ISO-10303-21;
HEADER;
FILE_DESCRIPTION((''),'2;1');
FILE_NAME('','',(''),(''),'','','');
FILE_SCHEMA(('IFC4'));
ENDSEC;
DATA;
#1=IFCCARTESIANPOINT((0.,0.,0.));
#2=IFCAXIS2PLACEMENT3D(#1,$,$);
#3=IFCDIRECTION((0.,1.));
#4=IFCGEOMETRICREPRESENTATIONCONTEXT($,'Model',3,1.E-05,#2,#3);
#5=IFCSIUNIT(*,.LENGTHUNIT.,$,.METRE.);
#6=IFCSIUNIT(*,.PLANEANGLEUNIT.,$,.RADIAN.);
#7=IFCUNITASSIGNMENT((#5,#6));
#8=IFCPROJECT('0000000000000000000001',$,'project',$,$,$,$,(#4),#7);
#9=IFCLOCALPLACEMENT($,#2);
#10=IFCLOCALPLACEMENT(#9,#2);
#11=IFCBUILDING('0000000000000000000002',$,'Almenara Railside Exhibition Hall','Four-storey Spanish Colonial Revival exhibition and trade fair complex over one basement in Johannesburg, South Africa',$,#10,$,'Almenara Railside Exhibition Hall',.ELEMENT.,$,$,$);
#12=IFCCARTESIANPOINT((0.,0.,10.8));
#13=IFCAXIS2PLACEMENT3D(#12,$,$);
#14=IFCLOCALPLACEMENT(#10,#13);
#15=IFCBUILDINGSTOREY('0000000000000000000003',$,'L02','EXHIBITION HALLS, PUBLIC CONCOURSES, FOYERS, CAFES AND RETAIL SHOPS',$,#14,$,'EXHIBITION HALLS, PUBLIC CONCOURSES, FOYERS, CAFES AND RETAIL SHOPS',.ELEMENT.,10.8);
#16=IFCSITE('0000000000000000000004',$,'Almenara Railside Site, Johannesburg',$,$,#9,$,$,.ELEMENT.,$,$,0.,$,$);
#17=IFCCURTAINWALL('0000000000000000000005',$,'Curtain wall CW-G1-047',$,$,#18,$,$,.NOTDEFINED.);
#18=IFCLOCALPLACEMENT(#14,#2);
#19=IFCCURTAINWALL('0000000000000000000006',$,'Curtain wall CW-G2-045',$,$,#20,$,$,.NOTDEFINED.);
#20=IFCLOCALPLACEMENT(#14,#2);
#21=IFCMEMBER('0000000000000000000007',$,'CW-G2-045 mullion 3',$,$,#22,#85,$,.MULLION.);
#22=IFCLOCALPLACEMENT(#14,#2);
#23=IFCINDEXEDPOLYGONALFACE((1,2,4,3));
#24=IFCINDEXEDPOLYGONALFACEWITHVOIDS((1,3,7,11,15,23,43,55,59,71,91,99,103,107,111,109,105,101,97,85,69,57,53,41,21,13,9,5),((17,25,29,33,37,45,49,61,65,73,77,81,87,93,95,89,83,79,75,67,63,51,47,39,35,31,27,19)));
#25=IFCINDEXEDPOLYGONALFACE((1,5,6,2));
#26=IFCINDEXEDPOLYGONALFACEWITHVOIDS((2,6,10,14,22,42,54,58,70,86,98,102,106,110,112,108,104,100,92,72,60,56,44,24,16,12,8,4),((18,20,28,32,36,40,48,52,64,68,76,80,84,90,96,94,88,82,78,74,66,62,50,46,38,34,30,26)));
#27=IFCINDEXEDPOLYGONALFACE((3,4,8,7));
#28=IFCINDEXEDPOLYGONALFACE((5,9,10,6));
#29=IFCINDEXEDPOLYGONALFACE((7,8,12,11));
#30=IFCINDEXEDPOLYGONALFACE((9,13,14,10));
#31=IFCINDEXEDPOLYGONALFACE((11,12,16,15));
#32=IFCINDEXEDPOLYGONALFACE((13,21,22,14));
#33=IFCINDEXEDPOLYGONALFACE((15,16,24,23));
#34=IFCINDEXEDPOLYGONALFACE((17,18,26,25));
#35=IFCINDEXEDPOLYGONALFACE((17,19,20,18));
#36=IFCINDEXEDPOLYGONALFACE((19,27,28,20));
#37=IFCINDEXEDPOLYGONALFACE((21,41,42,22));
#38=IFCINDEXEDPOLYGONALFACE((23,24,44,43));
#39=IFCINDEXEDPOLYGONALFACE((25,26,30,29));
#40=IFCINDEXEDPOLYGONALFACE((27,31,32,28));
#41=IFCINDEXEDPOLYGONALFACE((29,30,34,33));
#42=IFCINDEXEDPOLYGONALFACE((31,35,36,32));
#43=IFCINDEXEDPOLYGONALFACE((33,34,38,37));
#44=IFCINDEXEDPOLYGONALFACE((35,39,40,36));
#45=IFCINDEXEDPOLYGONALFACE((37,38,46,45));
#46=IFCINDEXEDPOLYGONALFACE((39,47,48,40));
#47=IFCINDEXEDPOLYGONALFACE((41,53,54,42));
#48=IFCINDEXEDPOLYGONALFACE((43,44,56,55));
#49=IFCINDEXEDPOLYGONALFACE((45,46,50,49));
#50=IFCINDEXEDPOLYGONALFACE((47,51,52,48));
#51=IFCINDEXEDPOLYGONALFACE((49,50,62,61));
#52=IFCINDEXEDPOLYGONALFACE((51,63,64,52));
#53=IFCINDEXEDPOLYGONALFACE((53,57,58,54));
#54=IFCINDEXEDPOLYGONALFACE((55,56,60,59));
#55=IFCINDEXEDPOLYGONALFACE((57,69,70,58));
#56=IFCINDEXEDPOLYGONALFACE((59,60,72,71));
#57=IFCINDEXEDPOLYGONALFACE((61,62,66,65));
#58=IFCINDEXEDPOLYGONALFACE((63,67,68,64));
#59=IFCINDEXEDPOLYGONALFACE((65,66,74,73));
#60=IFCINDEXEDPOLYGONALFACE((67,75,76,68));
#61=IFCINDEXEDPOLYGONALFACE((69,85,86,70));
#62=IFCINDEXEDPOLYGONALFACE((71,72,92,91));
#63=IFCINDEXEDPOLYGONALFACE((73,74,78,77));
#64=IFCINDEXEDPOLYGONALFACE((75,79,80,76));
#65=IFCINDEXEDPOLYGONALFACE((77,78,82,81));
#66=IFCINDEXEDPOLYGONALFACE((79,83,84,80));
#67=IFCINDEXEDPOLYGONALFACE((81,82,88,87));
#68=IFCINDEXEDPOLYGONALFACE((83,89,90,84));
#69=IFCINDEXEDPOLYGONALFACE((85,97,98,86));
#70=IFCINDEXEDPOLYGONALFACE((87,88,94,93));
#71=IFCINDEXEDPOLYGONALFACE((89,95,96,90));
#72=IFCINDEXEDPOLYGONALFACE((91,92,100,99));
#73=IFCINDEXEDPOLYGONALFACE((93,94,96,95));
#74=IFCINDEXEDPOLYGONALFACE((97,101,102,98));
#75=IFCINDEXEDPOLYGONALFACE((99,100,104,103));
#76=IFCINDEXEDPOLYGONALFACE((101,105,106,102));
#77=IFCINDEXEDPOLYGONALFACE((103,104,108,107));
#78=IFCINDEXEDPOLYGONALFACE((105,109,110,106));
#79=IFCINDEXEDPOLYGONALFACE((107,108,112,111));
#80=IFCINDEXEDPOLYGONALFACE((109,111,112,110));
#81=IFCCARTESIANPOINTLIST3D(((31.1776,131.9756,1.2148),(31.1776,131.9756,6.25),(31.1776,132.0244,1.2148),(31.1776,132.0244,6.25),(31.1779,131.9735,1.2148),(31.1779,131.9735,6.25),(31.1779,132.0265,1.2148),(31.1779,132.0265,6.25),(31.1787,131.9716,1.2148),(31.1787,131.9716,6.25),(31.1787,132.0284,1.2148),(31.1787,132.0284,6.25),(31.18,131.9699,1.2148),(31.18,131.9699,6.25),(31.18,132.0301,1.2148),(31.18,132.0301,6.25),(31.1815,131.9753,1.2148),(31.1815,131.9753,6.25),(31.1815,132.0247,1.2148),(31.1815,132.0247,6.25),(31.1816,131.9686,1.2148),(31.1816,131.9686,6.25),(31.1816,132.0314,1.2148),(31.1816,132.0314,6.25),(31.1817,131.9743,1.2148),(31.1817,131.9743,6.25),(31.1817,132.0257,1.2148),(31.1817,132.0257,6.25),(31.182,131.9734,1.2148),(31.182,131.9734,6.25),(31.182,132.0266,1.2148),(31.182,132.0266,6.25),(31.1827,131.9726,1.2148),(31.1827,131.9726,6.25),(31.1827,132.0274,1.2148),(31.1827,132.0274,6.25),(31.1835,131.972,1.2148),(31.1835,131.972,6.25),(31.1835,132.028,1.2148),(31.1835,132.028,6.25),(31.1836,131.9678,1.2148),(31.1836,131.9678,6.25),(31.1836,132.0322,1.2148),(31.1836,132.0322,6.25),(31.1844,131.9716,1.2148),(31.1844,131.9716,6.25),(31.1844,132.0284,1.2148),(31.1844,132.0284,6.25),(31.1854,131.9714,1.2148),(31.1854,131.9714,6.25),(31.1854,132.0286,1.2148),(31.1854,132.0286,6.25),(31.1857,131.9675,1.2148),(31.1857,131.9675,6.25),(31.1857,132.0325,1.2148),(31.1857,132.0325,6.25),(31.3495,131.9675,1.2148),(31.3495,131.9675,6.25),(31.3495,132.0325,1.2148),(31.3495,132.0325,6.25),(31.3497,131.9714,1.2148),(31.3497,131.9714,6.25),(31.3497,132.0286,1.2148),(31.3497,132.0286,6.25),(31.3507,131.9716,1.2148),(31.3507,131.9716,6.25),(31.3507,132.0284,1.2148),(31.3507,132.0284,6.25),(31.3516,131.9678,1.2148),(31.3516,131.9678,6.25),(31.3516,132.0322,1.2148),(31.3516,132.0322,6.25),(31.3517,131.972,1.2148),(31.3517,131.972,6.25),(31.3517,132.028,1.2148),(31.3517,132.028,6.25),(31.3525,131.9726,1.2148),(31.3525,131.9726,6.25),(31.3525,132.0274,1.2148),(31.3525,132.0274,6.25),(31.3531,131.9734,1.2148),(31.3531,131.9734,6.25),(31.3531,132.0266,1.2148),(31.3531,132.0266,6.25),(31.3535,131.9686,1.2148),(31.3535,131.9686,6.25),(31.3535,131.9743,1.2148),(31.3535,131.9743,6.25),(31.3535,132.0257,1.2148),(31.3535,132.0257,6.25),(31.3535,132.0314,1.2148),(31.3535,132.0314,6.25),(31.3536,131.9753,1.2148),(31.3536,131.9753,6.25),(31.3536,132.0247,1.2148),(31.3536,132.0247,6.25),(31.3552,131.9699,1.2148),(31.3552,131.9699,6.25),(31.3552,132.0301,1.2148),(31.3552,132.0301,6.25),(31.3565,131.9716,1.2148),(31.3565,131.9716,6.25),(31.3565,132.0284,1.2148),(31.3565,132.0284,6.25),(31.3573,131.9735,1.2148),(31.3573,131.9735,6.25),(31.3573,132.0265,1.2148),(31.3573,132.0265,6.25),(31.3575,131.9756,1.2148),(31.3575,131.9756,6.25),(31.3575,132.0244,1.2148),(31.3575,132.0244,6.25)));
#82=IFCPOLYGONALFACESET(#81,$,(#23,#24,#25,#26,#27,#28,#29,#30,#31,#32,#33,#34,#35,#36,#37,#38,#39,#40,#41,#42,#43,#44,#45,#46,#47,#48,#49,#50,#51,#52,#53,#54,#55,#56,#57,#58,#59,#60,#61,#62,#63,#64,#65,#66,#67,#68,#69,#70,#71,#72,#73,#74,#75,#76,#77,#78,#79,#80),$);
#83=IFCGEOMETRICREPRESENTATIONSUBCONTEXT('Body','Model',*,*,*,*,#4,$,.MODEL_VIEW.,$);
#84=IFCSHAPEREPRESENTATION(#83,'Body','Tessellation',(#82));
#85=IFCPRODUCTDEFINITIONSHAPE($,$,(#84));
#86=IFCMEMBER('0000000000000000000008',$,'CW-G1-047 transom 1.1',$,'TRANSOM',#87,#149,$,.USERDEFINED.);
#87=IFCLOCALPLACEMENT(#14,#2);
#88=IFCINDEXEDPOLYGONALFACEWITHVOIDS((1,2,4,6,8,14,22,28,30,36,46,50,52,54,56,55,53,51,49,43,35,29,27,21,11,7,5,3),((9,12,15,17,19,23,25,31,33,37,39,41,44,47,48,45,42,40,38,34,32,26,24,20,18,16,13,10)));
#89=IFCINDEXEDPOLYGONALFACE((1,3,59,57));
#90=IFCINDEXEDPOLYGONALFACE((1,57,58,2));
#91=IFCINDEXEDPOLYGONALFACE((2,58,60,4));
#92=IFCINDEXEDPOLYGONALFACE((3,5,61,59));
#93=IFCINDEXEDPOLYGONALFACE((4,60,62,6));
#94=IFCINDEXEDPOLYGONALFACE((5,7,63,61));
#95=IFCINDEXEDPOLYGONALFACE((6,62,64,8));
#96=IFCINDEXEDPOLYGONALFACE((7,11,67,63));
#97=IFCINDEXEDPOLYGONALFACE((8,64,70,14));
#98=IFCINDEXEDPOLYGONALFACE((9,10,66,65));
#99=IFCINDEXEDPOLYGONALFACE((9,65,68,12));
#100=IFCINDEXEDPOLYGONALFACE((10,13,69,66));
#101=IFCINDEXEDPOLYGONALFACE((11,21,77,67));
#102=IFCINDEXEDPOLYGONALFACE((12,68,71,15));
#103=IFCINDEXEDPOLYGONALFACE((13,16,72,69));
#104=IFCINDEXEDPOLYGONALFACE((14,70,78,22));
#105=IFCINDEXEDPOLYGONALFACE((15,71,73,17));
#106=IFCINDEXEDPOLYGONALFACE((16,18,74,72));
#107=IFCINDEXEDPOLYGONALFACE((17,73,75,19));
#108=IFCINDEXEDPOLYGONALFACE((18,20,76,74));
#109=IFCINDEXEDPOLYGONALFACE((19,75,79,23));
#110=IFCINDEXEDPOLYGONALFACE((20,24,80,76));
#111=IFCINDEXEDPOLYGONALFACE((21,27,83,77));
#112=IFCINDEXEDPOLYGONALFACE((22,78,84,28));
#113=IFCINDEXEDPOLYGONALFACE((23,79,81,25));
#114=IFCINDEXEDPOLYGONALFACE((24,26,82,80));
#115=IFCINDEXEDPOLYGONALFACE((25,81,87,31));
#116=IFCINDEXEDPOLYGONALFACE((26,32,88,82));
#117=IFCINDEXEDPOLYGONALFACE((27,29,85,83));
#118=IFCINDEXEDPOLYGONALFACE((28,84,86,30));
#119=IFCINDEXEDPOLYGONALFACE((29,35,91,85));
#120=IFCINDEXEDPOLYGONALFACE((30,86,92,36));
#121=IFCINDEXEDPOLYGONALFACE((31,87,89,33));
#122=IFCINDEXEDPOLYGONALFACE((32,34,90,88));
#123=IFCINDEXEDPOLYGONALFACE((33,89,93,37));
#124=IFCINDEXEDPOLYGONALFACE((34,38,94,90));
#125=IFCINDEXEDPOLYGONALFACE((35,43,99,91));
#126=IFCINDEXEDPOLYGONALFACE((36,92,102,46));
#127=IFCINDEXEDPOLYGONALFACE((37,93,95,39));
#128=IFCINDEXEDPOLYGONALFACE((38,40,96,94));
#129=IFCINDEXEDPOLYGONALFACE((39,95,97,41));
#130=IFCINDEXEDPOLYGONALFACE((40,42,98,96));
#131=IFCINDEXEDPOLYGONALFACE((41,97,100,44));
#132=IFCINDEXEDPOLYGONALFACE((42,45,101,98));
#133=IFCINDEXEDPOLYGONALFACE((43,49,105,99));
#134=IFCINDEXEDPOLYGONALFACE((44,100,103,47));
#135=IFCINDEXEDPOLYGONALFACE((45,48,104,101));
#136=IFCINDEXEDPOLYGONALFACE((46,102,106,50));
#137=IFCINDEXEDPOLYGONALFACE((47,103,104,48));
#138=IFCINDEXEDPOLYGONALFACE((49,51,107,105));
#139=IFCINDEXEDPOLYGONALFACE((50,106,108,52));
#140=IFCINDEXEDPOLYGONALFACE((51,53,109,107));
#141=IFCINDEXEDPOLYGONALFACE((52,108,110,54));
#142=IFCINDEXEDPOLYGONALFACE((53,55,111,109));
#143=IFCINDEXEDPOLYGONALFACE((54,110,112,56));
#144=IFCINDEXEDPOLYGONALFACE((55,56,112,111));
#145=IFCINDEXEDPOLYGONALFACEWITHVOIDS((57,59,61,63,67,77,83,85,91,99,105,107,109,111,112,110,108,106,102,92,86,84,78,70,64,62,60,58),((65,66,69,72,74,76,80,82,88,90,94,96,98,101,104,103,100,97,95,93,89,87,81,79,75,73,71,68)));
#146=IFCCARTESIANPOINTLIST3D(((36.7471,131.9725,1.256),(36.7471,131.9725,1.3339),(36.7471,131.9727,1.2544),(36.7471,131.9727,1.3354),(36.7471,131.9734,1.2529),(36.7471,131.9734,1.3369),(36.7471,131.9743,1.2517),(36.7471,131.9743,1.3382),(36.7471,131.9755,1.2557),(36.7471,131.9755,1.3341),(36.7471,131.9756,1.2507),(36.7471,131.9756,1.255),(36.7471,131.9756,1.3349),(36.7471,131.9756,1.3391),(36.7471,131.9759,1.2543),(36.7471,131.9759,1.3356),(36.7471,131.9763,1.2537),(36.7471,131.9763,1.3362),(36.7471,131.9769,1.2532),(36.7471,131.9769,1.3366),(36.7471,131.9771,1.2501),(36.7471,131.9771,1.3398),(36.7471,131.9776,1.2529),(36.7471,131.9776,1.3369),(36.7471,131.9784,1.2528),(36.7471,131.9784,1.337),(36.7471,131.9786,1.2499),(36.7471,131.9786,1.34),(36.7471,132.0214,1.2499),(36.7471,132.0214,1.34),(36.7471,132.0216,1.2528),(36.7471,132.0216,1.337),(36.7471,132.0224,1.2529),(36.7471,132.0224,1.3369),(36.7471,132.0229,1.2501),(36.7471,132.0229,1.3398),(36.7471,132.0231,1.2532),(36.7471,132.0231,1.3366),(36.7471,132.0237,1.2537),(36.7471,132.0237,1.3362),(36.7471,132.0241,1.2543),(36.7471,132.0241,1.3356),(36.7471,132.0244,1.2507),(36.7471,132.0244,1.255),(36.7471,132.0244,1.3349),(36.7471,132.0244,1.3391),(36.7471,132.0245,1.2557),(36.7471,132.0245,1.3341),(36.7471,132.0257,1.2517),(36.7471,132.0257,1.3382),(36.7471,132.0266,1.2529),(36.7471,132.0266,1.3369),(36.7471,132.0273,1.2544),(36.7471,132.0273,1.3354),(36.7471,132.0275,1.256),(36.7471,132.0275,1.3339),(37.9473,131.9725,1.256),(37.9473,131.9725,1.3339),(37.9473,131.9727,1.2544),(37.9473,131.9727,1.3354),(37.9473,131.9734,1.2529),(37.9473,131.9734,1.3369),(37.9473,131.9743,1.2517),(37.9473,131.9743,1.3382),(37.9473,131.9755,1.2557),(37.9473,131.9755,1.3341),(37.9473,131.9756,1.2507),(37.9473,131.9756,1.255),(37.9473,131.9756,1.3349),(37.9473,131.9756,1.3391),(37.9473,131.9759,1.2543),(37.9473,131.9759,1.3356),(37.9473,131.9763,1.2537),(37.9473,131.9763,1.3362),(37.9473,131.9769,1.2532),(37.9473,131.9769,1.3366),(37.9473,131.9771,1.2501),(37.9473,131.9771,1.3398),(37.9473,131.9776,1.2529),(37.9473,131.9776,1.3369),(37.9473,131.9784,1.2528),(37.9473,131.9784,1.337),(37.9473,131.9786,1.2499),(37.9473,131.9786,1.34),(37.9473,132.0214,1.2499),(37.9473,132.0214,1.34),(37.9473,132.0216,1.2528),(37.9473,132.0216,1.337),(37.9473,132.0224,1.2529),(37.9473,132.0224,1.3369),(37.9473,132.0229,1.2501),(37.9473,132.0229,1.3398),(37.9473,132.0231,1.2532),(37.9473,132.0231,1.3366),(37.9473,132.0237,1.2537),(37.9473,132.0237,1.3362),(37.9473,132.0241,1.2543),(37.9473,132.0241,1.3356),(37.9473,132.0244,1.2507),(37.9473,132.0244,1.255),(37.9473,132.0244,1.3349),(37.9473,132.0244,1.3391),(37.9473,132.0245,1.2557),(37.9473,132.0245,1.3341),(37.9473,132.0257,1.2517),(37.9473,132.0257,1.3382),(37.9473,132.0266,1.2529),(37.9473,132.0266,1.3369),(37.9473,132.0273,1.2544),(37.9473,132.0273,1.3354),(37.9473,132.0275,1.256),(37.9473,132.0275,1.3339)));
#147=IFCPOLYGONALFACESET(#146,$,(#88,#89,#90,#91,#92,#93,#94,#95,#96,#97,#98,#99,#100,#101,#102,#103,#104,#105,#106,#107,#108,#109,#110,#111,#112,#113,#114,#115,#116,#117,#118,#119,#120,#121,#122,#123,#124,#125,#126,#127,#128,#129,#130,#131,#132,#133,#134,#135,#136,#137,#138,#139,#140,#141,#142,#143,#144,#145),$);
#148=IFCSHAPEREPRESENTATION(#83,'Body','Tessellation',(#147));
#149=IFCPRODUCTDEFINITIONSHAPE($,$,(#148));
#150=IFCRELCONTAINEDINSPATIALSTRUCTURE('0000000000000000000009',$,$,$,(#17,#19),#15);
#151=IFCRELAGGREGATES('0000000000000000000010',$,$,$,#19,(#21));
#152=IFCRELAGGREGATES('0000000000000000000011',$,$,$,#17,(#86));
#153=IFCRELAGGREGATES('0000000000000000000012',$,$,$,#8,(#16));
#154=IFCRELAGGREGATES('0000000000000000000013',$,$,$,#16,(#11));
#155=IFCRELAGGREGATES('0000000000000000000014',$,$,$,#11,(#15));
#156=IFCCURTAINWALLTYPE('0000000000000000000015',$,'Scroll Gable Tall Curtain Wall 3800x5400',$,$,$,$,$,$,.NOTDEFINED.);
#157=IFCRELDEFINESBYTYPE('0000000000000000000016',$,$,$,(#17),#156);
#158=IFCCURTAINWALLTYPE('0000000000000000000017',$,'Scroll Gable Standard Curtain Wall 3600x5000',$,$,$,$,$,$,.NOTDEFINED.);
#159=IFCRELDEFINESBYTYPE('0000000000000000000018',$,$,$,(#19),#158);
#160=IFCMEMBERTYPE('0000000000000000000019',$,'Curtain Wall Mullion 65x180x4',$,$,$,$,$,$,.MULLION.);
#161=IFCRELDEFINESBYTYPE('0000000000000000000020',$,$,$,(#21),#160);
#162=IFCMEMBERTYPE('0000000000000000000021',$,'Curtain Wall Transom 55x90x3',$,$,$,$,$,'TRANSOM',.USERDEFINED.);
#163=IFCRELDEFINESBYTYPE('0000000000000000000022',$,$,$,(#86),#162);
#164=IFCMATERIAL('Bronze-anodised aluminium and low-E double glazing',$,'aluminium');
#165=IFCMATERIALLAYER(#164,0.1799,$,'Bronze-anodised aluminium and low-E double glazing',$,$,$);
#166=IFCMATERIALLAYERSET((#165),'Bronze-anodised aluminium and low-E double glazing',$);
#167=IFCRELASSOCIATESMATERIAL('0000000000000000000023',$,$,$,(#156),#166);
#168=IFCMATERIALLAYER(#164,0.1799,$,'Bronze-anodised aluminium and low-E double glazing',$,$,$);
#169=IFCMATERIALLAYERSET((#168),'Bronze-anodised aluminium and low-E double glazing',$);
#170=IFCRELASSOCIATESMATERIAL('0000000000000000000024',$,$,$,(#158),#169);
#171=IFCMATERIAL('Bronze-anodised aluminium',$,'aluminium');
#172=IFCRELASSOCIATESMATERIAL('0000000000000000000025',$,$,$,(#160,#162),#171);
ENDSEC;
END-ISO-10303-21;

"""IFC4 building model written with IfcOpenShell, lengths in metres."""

from ifc_helpers import new_model, si_unit, direction, frame, origin, origin_2d, place, context, subcontext, project, spatial, hollow_rectangle, extrude, material, layer, layer_set, material_profile, profile_set, type_object, element, aggregate, save


model = new_model("IFC4")

# Units and contexts
model_context = context("Model", 3, precision=1e-05, world=origin(), true_north=direction((0.0, 1.0)))
body_context = subcontext(model_context, "Body", "Model", "MODEL_VIEW")
ifc_project = project(units=[si_unit("LENGTHUNIT", "METRE"), si_unit("PLANEANGLEUNIT", "RADIAN")], contexts=[model_context])

# Site, building, storey
site_placement = place(None, origin())
site = spatial("IfcSite", under=ifc_project, at=site_placement, Name="Almenara Railside Site, Johannesburg", CompositionType="ELEMENT", RefElevation=0.0)
building_placement = place(site_placement, origin())
building = spatial("IfcBuilding", under=site, at=building_placement, Name="Almenara Railside Exhibition Hall", Description="Four-storey Spanish Colonial Revival exhibition and trade fair complex over one basement in Johannesburg, South Africa", LongName="Almenara Railside Exhibition Hall", CompositionType="ELEMENT")
storey_placement = place(building_placement, frame((0.0, 0.0, 10.8)))
storey = spatial("IfcBuildingStorey", under=building, at=storey_placement, Name="L02", Description="EXHIBITION HALLS, PUBLIC CONCOURSES, FOYERS, CAFES AND RETAIL SHOPS", LongName="EXHIBITION HALLS, PUBLIC CONCOURSES, FOYERS, CAFES AND RETAIL SHOPS", CompositionType="ELEMENT", Elevation=10.8)

# Curtain wall
ifc_material_1 = material(Name="Bronze-anodised aluminium and low-E double glazing", Category="aluminium")
ifc_layer_1 = layer(ifc_material_1, 0.1799, Name="Bronze-anodised aluminium and low-E double glazing")
ifc_layer_set_1 = layer_set([ifc_layer_1], Name="Bronze-anodised aluminium and low-E double glazing")
curtain_wall_type_1 = type_object("IfcCurtainWallType", Name="Scroll Gable Tall Curtain Wall 3800x5400", PredefinedType="NOTDEFINED", material=ifc_layer_set_1)
curtain_wall_1_placement = place(storey_placement, origin())
curtain_wall_1 = element("IfcCurtainWall", 1, at=curtain_wall_1_placement, inside=storey, type_object=curtain_wall_type_1, Name="Curtain wall CW-G1-047", PredefinedType="NOTDEFINED")
ifc_material_2 = material(Name="Bronze-anodised aluminium", Category="aluminium")

# Curtain wall, member
ifc_layer_2 = layer(ifc_material_1, 0.1799, Name="Bronze-anodised aluminium and low-E double glazing")
ifc_layer_set_2 = layer_set([ifc_layer_2], Name="Bronze-anodised aluminium and low-E double glazing")
curtain_wall_type_2 = type_object("IfcCurtainWallType", Name="Scroll Gable Standard Curtain Wall 3600x5000", PredefinedType="NOTDEFINED", material=ifc_layer_set_2)
curtain_wall_2_placement = place(storey_placement, origin())
curtain_wall_2 = element("IfcCurtainWall", 2, at=curtain_wall_2_placement, inside=storey, type_object=curtain_wall_type_2, Name="Curtain wall CW-G2-045", PredefinedType="NOTDEFINED")
ifc_material_profile_1 = material_profile(ifc_material_2, hollow_rectangle(XDim=0.0649, YDim=0.1799, WallThickness=0.0039, InnerFilletRadius=0.0039, OuterFilletRadius=0.0081, at=origin_2d()), Name="ALU-MUL 65x180x4")
ifc_profile_set_1 = profile_set([ifc_material_profile_1], Name="Bronze-anodised aluminium")
member_type_1 = type_object("IfcMemberType", Name="Curtain Wall Mullion 65x180x4", PredefinedType="MULLION", material=ifc_profile_set_1)
member_1_placement = place(storey_placement, frame((31.2676, 132.0, 1.2148), z_axis=(0.0, 0.0, 1.0), x_axis=(0.0, 1.0, 0.0)))
member_1 = element("IfcMember", 3, at=member_1_placement, type_object=member_type_1, Name="CW-G2-045 mullion 3", PredefinedType="MULLION", context=body_context, shape_type="SweptSolid", body=[
    extrude(hollow_rectangle(XDim=0.0649, YDim=0.1799, WallThickness=0.0039, InnerFilletRadius=0.0039, OuterFilletRadius=0.0081, at=origin_2d()), origin(), (0.0, 0.0, 1.0), 5.0352),
])

# Member
ifc_material_profile_2 = material_profile(ifc_material_2, hollow_rectangle(XDim=0.0549, YDim=0.0901, WallThickness=0.0029, InnerFilletRadius=0.0029, OuterFilletRadius=0.0061, at=origin_2d()), Name="ALU-TRN 55x90x3")
ifc_profile_set_2 = profile_set([ifc_material_profile_2], Name="Bronze-anodised aluminium")
member_type_2 = type_object("IfcMemberType", Name="Curtain Wall Transom 55x90x3", ElementType="TRANSOM", PredefinedType="USERDEFINED", material=ifc_profile_set_2)
member_2_placement = place(storey_placement, frame((36.7471, 132.0, 1.2949), z_axis=(1.0, 0.0, 0.0), x_axis=(0.0, 1.0, 0.0)))
member_2 = element("IfcMember", 4, at=member_2_placement, type_object=member_type_2, Name="CW-G1-047 transom 1.1", ObjectType="TRANSOM", PredefinedType="USERDEFINED", context=body_context, shape_type="SweptSolid", body=[
    extrude(hollow_rectangle(XDim=0.0549, YDim=0.0901, WallThickness=0.0029, InnerFilletRadius=0.0029, OuterFilletRadius=0.0061, at=origin_2d()), origin(), (0.0, 0.0, 1.0), 1.2002),
])

aggregate(curtain_wall_2, [member_1])
aggregate(curtain_wall_1, [member_2])

save(model, "model.ifc")
